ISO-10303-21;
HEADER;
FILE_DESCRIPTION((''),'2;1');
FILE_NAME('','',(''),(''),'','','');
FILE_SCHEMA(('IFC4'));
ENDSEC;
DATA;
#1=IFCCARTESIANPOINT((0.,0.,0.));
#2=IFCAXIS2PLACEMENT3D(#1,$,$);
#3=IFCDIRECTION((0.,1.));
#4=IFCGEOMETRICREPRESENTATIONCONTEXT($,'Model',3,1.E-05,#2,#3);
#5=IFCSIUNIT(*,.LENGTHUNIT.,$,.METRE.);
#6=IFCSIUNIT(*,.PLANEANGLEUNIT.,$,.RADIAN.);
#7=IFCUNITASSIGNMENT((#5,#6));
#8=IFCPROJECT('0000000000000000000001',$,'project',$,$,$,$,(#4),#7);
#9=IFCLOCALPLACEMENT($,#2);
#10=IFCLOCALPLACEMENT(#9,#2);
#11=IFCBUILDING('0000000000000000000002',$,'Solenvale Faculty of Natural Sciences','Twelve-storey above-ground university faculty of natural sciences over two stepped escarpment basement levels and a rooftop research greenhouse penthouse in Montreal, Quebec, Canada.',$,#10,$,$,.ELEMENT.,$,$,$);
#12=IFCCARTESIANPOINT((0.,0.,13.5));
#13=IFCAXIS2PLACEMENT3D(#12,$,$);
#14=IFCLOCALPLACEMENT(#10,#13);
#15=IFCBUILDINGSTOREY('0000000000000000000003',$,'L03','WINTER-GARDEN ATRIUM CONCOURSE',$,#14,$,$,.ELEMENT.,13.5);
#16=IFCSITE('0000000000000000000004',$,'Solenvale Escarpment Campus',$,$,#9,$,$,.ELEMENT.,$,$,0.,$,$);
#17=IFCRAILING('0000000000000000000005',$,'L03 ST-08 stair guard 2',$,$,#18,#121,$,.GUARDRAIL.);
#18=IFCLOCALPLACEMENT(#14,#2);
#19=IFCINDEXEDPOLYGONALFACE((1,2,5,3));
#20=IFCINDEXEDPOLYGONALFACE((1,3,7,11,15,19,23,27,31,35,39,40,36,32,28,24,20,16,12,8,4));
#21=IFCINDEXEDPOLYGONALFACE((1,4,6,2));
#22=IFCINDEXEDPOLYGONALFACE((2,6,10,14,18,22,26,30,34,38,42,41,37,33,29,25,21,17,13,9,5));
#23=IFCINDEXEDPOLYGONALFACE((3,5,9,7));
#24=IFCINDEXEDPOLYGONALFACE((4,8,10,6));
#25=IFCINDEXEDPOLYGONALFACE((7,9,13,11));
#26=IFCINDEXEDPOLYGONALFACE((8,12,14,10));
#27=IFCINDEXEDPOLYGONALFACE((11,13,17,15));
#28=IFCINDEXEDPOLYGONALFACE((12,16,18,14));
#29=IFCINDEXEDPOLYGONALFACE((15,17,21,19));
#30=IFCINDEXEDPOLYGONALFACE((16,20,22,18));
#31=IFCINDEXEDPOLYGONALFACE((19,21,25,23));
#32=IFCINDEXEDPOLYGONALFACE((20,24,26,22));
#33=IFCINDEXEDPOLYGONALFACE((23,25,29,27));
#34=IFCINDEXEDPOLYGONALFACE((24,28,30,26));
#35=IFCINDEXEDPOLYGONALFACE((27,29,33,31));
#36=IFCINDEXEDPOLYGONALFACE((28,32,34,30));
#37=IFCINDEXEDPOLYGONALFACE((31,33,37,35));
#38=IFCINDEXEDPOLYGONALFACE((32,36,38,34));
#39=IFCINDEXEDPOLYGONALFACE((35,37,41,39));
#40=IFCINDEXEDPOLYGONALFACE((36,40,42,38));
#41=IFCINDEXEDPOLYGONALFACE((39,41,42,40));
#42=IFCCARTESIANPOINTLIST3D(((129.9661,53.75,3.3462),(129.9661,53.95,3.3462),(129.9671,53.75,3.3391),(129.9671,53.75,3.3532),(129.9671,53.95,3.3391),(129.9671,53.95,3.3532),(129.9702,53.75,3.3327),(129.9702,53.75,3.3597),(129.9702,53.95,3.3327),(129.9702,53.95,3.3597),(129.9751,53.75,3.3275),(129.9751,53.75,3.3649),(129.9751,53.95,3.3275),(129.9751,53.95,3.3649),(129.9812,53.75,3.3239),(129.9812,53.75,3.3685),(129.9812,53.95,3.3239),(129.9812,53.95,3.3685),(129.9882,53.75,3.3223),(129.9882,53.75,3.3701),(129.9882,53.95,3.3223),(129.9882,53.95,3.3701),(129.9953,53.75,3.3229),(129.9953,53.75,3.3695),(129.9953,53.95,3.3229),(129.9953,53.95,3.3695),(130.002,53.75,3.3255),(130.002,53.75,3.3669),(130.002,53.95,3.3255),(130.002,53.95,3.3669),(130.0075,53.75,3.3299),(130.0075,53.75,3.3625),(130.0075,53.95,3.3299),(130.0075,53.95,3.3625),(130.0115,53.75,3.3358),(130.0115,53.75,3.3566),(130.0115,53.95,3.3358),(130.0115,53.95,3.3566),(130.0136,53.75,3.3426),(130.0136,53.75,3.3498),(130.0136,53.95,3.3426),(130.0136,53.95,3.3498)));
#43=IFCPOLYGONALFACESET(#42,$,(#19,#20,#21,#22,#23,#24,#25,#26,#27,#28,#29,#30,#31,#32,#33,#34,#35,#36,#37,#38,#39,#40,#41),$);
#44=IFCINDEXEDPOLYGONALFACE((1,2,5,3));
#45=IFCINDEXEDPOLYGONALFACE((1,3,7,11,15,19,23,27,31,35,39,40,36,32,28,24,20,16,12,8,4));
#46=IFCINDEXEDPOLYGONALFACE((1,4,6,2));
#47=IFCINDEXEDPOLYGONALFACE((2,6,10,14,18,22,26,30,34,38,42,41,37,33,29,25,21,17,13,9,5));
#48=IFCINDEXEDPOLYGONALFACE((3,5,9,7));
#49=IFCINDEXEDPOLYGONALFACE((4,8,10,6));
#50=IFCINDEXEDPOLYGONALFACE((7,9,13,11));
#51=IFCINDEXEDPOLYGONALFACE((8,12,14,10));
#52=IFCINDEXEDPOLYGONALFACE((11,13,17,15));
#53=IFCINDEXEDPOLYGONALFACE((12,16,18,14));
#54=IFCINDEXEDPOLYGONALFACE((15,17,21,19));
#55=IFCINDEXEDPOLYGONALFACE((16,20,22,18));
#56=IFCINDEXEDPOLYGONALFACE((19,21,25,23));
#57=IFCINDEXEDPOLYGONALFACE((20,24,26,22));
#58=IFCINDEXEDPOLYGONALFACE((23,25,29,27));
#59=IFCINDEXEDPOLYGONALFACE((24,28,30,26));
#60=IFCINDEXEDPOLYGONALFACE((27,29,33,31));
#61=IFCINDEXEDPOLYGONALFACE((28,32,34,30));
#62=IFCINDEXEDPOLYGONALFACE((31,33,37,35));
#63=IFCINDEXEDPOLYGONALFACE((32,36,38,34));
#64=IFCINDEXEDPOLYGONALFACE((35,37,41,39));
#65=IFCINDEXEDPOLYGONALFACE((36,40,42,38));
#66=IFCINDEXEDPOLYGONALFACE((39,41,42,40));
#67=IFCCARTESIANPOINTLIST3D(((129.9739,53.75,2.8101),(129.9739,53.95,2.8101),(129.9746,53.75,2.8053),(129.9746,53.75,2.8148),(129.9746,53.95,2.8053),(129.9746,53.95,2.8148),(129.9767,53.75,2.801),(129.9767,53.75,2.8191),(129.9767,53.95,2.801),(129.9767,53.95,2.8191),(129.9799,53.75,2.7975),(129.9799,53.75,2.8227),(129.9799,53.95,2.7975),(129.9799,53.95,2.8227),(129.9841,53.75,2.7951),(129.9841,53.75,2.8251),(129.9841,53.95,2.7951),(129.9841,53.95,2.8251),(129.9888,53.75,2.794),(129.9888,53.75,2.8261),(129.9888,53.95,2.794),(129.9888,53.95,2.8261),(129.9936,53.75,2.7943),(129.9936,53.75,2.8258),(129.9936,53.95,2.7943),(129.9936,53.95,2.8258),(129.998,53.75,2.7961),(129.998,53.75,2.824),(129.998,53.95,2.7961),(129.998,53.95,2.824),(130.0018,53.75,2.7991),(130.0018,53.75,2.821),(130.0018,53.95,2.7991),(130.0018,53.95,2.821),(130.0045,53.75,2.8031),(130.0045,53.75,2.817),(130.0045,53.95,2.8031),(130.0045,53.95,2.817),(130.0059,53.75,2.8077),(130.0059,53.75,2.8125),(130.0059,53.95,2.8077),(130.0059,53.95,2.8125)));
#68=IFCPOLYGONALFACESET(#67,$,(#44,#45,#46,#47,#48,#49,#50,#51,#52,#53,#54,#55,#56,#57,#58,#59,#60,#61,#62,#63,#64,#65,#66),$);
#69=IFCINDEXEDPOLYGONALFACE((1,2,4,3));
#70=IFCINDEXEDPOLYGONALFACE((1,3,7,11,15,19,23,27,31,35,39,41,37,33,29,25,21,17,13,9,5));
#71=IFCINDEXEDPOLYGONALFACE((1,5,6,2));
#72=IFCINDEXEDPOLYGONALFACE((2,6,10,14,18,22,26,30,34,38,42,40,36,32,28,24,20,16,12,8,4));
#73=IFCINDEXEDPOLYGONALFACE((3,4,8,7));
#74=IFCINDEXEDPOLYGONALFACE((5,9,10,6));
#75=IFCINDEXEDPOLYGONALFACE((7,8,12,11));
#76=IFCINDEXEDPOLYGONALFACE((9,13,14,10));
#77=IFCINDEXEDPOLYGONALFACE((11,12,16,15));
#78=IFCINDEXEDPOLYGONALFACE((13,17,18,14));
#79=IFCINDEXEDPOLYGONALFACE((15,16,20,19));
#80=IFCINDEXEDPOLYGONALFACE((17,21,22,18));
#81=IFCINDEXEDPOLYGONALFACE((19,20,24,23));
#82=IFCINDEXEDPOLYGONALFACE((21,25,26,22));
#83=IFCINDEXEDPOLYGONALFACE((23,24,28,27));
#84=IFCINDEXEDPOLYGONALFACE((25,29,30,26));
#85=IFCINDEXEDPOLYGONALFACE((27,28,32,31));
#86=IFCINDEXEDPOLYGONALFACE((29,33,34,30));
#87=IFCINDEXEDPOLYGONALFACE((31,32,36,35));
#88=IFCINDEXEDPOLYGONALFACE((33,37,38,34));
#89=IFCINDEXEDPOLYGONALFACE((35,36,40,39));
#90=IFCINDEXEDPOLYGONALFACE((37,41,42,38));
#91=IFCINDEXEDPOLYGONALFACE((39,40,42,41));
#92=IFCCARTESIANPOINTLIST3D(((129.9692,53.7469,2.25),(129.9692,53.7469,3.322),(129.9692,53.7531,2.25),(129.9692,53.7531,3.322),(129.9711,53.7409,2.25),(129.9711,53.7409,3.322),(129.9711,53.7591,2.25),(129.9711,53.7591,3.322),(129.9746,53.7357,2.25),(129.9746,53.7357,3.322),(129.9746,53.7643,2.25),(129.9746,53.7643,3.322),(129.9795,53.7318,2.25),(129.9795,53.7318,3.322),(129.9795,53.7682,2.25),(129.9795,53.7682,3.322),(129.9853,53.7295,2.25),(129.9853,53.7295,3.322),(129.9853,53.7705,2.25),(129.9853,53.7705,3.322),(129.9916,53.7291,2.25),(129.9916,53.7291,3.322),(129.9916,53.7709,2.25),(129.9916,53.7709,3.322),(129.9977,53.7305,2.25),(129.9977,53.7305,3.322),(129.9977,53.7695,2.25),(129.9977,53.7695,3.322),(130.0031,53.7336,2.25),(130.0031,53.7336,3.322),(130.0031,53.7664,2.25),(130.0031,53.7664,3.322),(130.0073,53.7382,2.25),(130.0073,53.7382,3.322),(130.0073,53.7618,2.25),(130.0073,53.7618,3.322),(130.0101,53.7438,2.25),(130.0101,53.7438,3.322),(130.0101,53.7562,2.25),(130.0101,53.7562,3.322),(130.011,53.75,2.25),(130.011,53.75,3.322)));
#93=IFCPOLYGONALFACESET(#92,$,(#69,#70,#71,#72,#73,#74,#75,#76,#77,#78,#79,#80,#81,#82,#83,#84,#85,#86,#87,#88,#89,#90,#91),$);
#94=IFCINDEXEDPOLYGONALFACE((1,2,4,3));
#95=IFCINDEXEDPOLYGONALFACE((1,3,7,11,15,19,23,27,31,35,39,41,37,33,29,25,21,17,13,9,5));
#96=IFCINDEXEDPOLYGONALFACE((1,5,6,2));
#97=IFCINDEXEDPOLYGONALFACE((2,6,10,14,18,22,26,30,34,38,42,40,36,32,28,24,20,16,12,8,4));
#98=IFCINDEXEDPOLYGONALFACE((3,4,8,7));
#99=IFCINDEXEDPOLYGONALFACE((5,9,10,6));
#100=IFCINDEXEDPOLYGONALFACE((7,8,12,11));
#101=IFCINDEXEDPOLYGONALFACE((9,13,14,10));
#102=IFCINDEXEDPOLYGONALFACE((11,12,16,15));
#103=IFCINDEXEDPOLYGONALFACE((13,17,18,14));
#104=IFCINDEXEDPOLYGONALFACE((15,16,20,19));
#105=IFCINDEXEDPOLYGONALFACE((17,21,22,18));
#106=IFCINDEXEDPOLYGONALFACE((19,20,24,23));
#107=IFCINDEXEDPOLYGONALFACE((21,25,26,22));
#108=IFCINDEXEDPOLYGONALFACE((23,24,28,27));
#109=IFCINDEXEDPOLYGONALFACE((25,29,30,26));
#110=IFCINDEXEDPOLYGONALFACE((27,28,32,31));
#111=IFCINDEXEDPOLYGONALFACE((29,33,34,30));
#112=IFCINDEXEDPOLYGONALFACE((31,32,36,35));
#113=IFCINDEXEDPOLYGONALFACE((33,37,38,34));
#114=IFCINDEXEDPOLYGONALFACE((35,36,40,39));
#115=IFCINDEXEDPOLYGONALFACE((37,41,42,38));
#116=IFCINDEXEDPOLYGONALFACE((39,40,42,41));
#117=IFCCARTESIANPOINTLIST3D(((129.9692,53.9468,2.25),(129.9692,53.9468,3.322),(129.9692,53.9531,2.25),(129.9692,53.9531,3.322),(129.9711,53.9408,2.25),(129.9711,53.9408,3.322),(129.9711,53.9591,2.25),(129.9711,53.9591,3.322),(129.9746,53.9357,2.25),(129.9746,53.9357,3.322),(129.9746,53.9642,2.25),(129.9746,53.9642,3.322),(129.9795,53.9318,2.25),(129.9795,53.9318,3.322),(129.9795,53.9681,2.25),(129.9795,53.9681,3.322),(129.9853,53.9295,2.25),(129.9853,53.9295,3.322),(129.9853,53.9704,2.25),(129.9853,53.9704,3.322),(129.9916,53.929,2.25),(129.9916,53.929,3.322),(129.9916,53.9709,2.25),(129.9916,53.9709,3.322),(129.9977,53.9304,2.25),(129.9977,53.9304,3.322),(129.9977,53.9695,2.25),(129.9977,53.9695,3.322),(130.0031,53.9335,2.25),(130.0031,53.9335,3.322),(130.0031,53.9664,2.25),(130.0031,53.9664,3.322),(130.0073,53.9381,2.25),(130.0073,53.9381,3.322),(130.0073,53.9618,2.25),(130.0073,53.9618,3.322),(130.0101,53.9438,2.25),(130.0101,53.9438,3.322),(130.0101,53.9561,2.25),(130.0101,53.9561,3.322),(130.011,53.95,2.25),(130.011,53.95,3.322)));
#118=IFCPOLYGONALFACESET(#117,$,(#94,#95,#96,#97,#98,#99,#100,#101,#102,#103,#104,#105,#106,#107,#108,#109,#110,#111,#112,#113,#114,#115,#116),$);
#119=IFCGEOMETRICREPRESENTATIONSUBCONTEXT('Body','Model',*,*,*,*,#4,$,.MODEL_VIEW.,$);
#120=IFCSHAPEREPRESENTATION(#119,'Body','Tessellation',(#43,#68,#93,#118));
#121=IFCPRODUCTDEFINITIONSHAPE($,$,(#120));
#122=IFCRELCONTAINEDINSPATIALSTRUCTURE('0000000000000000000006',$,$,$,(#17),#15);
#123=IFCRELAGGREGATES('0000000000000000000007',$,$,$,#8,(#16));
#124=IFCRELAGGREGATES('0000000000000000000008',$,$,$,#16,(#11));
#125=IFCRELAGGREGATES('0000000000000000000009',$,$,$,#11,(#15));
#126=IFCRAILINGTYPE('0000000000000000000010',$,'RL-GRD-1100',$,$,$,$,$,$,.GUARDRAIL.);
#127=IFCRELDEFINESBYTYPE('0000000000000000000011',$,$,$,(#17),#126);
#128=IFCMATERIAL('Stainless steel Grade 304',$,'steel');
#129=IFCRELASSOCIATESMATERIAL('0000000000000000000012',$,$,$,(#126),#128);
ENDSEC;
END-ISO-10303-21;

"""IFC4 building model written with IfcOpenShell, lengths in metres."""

from ifc_helpers import new_model, si_unit, direction, frame, origin, origin_2d, place, context, subcontext, project, spatial, circle, extrude, material, type_object, element, save


model = new_model("IFC4")

# Units and contexts
model_context = context("Model", 3, precision=1e-05, world=origin(), true_north=direction((0.0, 1.0)))
body_context = subcontext(model_context, "Body", "Model", "MODEL_VIEW")
ifc_project = project(units=[si_unit("LENGTHUNIT", "METRE"), si_unit("PLANEANGLEUNIT", "RADIAN")], contexts=[model_context])

# Site, building, storey
site_placement = place(None, origin())
site = spatial("IfcSite", under=ifc_project, at=site_placement, Name="Solenvale Escarpment Campus", CompositionType="ELEMENT", RefElevation=0.0)
building_placement = place(site_placement, origin())
building = spatial("IfcBuilding", under=site, at=building_placement, Name="Solenvale Faculty of Natural Sciences", Description="Twelve-storey above-ground university faculty of natural sciences over two stepped escarpment basement levels and a rooftop research greenhouse penthouse in Montreal, Quebec, Canada.", CompositionType="ELEMENT")
storey_placement = place(building_placement, frame((0.0, 0.0, 13.5)))
storey = spatial("IfcBuildingStorey", under=building, at=storey_placement, Name="L03", Description="WINTER-GARDEN ATRIUM CONCOURSE", CompositionType="ELEMENT", Elevation=13.5)

# Railing
ifc_material_1 = material(Name="Stainless steel Grade 304", Category="steel")
railing_type_1 = type_object("IfcRailingType", Name="RL-GRD-1100", PredefinedType="GUARDRAIL", material=ifc_material_1)
railing_1_placement = place(storey_placement, frame((129.99, 53.75, 2.25)))
element("IfcRailing", 1, at=railing_1_placement, inside=storey, type_object=railing_type_1, Name="L03 ST-08 stair guard 2", PredefinedType="GUARDRAIL", context=body_context, shape_type="SweptSolid", body=[
    extrude(circle(Radius=0.0239, at=origin_2d()), frame((0.0, 0.0, 1.0962), z_axis=(0.0, 1.0, 0.0), x_axis=(-1.0, 0.0, 0.0)), (0.0, 0.0, 1.0), 0.2),
    extrude(circle(Radius=0.0161, at=origin_2d()), frame((0.0, 0.0, 0.5601), z_axis=(0.0, 1.0, 0.0), x_axis=(-1.0, 0.0, 0.0)), (0.0, 0.0, 1.0), 0.2),
    extrude(circle(Radius=0.021, at=origin_2d()), origin(), (0.0, 0.0, 1.0), 1.072),
    extrude(circle(Radius=0.021, at=origin_2d()), frame((0.0, 0.2, 0.0)), (0.0, 0.0, 1.0), 1.072),
])

save(model, "model.ifc")
